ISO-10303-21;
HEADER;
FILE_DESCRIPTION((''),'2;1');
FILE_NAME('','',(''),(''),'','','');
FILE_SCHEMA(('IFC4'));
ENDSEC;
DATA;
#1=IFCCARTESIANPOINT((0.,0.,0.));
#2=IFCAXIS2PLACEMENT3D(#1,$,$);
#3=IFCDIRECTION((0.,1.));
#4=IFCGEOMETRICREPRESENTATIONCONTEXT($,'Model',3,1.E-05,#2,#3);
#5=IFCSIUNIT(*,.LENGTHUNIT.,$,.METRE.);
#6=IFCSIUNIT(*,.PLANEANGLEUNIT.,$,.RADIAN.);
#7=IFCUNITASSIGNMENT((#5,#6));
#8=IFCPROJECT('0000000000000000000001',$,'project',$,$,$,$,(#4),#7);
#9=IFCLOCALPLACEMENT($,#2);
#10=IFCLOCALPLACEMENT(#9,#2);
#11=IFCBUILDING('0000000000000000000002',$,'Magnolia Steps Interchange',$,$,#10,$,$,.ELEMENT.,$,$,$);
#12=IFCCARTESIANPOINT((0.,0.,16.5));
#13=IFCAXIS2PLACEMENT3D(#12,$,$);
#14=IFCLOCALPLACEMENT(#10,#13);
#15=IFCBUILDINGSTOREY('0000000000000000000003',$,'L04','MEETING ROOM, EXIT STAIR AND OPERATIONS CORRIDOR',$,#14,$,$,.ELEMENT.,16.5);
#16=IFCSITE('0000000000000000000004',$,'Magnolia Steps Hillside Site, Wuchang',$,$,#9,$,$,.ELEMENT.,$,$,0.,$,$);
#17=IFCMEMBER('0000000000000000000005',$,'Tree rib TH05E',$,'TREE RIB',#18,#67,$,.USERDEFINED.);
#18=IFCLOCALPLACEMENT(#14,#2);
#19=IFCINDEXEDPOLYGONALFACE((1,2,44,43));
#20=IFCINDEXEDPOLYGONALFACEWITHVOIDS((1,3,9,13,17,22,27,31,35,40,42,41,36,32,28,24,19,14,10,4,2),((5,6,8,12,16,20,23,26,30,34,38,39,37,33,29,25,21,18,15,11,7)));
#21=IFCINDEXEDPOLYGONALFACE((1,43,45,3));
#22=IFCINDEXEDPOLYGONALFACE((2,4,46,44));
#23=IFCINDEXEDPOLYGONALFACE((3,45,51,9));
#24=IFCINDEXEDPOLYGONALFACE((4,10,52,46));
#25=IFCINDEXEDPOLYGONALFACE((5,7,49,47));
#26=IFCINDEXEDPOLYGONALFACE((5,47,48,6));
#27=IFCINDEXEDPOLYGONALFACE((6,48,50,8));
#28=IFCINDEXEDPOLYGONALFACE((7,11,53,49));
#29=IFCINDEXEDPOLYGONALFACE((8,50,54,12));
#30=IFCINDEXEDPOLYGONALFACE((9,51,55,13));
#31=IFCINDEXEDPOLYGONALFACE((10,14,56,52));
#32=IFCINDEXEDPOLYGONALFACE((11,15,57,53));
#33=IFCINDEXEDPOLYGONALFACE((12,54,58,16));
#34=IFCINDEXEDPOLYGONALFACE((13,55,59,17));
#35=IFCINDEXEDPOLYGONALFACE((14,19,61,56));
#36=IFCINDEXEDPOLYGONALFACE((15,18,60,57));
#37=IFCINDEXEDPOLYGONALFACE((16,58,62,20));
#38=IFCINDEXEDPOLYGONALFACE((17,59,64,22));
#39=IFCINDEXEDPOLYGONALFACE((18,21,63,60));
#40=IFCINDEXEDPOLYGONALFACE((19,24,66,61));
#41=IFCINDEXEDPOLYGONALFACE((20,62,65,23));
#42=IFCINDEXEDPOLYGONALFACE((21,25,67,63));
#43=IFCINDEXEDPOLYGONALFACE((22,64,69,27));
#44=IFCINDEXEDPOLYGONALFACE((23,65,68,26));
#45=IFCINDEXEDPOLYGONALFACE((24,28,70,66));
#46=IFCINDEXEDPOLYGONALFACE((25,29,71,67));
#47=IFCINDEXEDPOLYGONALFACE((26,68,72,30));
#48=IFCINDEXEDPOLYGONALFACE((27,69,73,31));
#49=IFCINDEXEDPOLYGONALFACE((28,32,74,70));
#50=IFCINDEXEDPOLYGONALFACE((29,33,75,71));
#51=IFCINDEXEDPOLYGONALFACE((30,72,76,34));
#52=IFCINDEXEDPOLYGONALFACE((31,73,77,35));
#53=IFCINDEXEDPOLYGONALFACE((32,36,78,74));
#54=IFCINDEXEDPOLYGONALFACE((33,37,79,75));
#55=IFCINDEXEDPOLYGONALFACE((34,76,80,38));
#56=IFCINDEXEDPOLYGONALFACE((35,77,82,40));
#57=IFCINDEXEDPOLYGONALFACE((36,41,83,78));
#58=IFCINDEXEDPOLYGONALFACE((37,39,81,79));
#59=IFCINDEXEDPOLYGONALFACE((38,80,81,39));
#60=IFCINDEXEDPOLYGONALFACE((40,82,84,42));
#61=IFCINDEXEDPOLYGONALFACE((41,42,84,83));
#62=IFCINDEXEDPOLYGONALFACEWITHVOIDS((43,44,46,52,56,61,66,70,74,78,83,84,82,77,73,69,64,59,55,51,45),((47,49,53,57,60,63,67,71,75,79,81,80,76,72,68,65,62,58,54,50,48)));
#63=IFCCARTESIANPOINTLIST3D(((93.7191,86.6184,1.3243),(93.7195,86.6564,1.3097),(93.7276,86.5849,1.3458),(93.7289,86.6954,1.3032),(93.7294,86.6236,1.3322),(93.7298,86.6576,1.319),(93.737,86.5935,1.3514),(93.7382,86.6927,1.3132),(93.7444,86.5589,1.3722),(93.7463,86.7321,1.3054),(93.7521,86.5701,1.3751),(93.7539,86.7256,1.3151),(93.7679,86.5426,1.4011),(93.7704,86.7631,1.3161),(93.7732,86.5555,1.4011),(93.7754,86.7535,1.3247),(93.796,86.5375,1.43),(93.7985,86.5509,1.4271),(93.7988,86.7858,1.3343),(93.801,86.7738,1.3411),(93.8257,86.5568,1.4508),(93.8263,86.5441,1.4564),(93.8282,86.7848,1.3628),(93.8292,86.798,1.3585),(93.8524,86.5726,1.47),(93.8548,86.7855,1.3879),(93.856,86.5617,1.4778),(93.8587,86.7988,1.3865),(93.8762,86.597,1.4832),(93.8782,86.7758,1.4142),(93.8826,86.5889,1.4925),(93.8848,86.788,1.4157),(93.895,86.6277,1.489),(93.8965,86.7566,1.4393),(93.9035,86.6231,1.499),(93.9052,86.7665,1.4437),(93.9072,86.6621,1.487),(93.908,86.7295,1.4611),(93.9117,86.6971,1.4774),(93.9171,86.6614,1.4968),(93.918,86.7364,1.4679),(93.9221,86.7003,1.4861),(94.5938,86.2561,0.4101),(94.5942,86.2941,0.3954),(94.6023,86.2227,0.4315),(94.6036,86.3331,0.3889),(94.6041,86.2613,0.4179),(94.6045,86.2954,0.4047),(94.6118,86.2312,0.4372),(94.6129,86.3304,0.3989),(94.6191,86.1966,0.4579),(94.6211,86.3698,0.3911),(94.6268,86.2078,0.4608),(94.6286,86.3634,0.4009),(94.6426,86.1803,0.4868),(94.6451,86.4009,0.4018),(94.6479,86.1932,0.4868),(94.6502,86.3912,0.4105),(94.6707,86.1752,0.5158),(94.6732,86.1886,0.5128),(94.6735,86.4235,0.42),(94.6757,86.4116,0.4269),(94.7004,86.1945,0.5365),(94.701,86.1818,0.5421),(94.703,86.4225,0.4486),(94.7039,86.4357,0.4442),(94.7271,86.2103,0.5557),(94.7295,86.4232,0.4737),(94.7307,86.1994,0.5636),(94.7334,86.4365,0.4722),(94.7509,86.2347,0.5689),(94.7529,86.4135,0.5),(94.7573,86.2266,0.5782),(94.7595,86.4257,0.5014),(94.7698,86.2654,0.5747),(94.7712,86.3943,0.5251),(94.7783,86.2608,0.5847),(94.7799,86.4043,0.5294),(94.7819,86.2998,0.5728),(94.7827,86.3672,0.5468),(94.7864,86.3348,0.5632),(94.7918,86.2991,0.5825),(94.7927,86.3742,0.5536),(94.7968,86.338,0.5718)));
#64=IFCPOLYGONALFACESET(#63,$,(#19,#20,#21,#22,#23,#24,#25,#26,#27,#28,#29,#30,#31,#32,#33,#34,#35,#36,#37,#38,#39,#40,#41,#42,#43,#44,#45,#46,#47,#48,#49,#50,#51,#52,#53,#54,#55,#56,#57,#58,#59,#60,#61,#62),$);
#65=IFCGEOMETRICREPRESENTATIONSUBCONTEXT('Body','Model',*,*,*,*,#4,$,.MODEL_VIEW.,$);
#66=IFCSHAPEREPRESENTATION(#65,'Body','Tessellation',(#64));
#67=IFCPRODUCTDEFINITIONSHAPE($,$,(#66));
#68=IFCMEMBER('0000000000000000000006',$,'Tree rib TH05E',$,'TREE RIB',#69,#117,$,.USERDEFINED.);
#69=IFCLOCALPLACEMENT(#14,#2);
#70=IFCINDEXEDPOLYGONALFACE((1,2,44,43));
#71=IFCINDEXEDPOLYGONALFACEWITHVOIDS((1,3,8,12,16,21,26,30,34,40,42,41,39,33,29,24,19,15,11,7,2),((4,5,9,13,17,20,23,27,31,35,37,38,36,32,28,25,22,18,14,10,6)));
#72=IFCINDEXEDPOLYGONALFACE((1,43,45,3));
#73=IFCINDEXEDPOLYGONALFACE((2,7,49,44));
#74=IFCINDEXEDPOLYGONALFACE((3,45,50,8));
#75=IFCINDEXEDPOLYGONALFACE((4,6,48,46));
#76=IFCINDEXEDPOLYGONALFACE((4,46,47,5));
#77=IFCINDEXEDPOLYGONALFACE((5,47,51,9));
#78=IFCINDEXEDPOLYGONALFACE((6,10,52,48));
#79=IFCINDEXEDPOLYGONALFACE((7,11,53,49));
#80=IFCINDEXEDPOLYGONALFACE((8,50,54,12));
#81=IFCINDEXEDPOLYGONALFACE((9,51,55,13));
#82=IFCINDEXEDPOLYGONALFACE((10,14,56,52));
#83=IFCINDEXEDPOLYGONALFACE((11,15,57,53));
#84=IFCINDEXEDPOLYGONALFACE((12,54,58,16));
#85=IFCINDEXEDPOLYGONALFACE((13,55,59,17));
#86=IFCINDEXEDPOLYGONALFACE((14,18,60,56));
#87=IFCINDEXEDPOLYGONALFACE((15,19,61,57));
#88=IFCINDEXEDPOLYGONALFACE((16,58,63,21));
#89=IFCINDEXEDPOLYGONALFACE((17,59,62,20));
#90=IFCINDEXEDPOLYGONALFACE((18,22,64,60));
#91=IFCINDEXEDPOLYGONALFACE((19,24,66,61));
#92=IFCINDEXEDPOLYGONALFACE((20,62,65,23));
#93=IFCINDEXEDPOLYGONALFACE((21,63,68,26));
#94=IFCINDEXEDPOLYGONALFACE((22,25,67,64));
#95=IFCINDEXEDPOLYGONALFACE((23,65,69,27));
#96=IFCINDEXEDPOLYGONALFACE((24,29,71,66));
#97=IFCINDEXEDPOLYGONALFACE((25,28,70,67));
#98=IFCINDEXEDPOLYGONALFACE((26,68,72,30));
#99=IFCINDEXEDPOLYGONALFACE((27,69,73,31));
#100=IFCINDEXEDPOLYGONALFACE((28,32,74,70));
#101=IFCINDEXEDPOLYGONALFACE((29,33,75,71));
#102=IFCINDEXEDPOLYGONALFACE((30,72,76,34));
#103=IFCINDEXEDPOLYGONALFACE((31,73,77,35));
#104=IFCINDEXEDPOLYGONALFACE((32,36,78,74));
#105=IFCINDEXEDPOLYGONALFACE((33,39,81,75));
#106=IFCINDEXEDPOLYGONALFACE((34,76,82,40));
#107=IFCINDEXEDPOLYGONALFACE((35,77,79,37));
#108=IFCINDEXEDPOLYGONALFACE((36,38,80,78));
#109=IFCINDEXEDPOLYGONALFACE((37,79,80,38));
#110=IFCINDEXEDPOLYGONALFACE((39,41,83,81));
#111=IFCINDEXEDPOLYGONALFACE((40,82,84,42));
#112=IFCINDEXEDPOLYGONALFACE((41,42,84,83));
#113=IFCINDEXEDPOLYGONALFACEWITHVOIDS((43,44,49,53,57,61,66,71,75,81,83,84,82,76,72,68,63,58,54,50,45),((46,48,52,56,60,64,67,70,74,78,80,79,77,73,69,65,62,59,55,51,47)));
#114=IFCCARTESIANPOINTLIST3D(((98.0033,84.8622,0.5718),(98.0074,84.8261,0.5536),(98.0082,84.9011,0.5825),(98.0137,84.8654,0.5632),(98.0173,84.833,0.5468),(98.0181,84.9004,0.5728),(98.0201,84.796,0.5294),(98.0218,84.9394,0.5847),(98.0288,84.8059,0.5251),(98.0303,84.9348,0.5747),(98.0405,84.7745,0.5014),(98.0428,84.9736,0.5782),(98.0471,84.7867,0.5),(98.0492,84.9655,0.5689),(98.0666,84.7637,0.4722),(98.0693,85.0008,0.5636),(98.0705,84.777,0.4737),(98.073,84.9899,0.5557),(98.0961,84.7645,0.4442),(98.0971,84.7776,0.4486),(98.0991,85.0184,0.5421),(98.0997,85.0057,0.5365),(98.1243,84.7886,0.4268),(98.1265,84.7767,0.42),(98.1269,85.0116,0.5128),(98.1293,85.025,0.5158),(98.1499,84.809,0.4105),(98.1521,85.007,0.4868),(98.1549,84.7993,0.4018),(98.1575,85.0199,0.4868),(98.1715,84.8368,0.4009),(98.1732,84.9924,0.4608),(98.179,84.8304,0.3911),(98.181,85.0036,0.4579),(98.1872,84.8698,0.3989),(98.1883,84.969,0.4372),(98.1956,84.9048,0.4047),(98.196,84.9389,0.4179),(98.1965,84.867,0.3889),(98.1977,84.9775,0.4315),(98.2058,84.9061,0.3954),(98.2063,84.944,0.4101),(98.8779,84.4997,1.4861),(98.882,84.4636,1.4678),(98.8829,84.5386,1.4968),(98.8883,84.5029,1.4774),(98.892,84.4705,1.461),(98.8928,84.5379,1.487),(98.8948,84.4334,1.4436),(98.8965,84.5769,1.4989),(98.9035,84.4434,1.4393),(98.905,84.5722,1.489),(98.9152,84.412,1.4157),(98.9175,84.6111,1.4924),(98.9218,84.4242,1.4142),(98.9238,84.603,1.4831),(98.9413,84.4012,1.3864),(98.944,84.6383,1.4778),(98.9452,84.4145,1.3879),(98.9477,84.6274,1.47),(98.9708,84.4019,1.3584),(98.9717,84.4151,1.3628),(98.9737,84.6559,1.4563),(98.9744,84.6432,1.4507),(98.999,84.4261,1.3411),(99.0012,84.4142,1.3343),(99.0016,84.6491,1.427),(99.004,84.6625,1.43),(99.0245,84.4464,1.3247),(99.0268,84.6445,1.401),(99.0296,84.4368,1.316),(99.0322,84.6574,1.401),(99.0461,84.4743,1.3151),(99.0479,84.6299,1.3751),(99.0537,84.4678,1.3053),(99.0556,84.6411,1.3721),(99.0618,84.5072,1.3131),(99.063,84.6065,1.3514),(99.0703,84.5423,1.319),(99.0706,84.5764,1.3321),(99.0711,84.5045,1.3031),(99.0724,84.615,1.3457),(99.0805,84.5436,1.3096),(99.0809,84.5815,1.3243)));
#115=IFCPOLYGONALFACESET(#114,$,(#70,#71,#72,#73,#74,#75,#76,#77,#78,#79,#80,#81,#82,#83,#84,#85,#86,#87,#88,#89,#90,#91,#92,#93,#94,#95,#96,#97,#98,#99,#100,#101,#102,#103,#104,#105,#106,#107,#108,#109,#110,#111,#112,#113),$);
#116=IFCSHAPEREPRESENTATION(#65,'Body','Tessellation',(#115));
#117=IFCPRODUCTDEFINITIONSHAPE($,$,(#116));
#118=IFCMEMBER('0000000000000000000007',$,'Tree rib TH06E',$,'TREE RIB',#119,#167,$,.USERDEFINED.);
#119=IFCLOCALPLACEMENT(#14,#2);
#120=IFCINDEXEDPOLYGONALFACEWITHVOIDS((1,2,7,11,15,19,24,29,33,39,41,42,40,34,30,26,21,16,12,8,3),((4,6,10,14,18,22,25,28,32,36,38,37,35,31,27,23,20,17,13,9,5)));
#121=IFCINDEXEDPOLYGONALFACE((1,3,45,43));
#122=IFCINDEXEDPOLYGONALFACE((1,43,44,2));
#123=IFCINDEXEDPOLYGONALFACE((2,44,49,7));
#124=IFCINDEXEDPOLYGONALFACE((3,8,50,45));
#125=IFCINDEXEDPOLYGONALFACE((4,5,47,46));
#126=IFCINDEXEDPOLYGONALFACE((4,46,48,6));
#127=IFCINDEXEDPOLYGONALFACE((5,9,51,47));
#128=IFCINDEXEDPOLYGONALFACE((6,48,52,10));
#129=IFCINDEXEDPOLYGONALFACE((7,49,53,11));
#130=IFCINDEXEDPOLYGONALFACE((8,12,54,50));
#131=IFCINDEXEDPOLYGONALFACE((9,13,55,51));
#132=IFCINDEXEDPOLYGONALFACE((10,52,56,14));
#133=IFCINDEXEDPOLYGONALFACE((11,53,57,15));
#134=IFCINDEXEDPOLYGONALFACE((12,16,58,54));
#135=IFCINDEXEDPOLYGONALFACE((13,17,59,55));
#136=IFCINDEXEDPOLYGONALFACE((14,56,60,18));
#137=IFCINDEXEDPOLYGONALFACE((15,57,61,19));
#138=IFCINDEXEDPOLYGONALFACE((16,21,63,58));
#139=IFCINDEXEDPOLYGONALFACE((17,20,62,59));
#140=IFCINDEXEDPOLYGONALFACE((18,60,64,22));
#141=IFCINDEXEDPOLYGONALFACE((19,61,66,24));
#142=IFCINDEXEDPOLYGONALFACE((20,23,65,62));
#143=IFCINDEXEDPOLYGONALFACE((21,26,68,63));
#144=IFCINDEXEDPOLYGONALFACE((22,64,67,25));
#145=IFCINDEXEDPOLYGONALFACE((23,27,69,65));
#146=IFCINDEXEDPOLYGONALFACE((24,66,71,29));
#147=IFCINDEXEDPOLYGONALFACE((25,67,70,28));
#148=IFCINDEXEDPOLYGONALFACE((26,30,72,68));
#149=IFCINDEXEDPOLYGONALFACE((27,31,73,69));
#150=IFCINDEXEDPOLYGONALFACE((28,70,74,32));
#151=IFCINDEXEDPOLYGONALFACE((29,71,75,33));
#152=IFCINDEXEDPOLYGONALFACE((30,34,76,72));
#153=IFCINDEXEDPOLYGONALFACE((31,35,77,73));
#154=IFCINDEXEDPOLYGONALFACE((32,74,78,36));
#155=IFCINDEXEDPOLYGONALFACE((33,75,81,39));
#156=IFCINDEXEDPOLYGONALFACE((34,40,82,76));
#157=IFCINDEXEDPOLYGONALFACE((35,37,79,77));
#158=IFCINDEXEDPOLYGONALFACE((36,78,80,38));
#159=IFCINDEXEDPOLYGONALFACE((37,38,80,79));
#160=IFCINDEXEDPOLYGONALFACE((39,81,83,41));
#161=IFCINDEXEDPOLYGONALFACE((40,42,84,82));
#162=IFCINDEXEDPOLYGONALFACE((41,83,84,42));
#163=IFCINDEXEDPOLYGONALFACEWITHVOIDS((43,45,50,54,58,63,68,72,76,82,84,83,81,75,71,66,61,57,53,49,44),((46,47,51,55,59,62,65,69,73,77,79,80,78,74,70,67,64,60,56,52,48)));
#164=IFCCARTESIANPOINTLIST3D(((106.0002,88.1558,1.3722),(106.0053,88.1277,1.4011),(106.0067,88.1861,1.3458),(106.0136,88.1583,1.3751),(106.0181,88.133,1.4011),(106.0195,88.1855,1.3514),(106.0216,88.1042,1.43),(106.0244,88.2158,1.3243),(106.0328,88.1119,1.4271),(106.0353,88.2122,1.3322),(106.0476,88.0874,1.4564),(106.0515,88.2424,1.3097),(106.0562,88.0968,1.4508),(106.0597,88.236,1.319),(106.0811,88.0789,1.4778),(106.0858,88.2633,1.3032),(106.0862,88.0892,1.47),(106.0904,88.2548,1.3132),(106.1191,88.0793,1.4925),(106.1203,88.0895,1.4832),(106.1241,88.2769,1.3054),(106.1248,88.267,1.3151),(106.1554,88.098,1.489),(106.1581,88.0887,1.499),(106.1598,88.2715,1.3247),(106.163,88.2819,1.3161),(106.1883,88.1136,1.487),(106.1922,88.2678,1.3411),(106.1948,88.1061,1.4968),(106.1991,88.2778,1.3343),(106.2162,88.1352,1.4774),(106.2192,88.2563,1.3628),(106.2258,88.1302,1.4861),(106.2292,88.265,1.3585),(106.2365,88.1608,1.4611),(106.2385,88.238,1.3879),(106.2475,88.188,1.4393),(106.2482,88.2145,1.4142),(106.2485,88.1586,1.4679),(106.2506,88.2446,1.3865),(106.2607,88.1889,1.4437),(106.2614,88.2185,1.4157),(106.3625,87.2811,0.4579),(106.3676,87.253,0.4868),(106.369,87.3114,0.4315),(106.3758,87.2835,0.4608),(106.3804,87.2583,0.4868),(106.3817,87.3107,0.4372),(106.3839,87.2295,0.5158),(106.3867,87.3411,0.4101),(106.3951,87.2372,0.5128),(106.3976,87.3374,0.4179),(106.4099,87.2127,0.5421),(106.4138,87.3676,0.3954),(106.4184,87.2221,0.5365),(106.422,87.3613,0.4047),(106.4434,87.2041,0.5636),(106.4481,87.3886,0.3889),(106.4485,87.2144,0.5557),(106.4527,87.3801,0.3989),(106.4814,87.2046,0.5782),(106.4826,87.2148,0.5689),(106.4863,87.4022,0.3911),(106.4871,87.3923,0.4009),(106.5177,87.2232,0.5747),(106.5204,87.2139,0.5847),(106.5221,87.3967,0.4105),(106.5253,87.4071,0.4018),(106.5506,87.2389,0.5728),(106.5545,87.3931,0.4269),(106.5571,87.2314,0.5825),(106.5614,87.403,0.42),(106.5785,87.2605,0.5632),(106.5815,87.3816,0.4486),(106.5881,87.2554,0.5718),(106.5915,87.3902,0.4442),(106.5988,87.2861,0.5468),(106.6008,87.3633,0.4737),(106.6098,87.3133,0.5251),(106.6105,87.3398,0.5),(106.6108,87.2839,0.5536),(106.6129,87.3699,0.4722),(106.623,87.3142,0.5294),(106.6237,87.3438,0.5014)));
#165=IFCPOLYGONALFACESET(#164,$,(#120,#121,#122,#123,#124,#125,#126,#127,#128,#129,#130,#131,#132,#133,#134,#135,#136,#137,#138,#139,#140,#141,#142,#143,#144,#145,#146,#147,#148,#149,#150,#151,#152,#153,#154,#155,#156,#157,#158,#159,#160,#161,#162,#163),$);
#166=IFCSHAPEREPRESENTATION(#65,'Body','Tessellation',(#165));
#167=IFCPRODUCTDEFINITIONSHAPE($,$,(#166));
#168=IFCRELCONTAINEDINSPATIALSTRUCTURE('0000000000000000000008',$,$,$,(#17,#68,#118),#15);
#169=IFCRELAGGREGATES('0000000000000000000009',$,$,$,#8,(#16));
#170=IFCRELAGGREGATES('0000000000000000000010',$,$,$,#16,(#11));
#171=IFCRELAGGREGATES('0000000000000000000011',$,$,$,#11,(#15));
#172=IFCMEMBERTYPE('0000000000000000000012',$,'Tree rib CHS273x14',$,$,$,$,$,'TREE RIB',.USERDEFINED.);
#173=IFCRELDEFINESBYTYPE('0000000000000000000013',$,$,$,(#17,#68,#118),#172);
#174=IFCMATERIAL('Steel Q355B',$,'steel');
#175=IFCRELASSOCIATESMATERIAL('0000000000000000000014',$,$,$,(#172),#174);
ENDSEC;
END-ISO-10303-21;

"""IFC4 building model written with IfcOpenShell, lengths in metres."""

from ifc_helpers import new_model, si_unit, direction, frame, origin, origin_2d, place, context, subcontext, project, spatial, hollow_circle, extrude, material, material_profile, profile_set, type_object, element, save


model = new_model("IFC4")

# Units and contexts
model_context = context("Model", 3, precision=1e-05, world=origin(), true_north=direction((0.0, 1.0)))
body_context = subcontext(model_context, "Body", "Model", "MODEL_VIEW")
ifc_project = project(units=[si_unit("LENGTHUNIT", "METRE"), si_unit("PLANEANGLEUNIT", "RADIAN")], contexts=[model_context])

# Site, building, storey
site_placement = place(None, origin())
site = spatial("IfcSite", under=ifc_project, at=site_placement, Name="Magnolia Steps Hillside Site, Wuchang", CompositionType="ELEMENT", RefElevation=0.0)
building_placement = place(site_placement, origin())
building = spatial("IfcBuilding", under=site, at=building_placement, Name="Magnolia Steps Interchange", CompositionType="ELEMENT")
storey_placement = place(building_placement, frame((0.0, 0.0, 16.5)))
storey = spatial("IfcBuildingStorey", under=building, at=storey_placement, Name="L04", Description="MEETING ROOM, EXIT STAIR AND OPERATIONS CORRIDOR", CompositionType="ELEMENT", Elevation=16.5)

# Members
ifc_material_1 = material(Name="Steel Q355B", Category="steel")
ifc_material_profile_1 = material_profile(ifc_material_1, hollow_circle(Radius=0.1365, WallThickness=0.0139, at=origin_2d()), Name="CHS273x14")
ifc_profile_set_1 = profile_set([ifc_material_profile_1], Name="Steel Q355B")
member_type = type_object("IfcMemberType", Name="Tree rib CHS273x14", ElementType="TREE RIB", PredefinedType="USERDEFINED", material=ifc_profile_set_1)
for number, where, z_axis, x_axis, name in (
    (1, (94.6948, 86.3064, 0.4868), (-0.6646, 0.275263, 0.694649), (-0.382655, -0.923891, 0.0), "Tree rib TH05E"),
    (2, (98.1052, 84.8938, 0.4868), (0.664566, -0.275434, 0.694613), (0.382876, 0.9238, 0.0), "Tree rib TH05E"),
    (3, (106.4937, 87.3052, 0.4868), (-0.275263, 0.6646, 0.694649), (-0.923891, -0.382655, 0.0), "Tree rib TH06E"),
):
    element("IfcMember", number, at=place(storey_placement, frame(where, z_axis=z_axis, x_axis=x_axis)), inside=storey, type_object=member_type, Name=name, ObjectType="TREE RIB", PredefinedType="USERDEFINED", context=body_context, shape_type="SweptSolid", body=[
        extrude(hollow_circle(Radius=0.1365, WallThickness=0.0139, at=origin_2d()), origin(), (0.0, 0.0, 1.0), 1.3162),
    ])

save(model, "model.ifc")
